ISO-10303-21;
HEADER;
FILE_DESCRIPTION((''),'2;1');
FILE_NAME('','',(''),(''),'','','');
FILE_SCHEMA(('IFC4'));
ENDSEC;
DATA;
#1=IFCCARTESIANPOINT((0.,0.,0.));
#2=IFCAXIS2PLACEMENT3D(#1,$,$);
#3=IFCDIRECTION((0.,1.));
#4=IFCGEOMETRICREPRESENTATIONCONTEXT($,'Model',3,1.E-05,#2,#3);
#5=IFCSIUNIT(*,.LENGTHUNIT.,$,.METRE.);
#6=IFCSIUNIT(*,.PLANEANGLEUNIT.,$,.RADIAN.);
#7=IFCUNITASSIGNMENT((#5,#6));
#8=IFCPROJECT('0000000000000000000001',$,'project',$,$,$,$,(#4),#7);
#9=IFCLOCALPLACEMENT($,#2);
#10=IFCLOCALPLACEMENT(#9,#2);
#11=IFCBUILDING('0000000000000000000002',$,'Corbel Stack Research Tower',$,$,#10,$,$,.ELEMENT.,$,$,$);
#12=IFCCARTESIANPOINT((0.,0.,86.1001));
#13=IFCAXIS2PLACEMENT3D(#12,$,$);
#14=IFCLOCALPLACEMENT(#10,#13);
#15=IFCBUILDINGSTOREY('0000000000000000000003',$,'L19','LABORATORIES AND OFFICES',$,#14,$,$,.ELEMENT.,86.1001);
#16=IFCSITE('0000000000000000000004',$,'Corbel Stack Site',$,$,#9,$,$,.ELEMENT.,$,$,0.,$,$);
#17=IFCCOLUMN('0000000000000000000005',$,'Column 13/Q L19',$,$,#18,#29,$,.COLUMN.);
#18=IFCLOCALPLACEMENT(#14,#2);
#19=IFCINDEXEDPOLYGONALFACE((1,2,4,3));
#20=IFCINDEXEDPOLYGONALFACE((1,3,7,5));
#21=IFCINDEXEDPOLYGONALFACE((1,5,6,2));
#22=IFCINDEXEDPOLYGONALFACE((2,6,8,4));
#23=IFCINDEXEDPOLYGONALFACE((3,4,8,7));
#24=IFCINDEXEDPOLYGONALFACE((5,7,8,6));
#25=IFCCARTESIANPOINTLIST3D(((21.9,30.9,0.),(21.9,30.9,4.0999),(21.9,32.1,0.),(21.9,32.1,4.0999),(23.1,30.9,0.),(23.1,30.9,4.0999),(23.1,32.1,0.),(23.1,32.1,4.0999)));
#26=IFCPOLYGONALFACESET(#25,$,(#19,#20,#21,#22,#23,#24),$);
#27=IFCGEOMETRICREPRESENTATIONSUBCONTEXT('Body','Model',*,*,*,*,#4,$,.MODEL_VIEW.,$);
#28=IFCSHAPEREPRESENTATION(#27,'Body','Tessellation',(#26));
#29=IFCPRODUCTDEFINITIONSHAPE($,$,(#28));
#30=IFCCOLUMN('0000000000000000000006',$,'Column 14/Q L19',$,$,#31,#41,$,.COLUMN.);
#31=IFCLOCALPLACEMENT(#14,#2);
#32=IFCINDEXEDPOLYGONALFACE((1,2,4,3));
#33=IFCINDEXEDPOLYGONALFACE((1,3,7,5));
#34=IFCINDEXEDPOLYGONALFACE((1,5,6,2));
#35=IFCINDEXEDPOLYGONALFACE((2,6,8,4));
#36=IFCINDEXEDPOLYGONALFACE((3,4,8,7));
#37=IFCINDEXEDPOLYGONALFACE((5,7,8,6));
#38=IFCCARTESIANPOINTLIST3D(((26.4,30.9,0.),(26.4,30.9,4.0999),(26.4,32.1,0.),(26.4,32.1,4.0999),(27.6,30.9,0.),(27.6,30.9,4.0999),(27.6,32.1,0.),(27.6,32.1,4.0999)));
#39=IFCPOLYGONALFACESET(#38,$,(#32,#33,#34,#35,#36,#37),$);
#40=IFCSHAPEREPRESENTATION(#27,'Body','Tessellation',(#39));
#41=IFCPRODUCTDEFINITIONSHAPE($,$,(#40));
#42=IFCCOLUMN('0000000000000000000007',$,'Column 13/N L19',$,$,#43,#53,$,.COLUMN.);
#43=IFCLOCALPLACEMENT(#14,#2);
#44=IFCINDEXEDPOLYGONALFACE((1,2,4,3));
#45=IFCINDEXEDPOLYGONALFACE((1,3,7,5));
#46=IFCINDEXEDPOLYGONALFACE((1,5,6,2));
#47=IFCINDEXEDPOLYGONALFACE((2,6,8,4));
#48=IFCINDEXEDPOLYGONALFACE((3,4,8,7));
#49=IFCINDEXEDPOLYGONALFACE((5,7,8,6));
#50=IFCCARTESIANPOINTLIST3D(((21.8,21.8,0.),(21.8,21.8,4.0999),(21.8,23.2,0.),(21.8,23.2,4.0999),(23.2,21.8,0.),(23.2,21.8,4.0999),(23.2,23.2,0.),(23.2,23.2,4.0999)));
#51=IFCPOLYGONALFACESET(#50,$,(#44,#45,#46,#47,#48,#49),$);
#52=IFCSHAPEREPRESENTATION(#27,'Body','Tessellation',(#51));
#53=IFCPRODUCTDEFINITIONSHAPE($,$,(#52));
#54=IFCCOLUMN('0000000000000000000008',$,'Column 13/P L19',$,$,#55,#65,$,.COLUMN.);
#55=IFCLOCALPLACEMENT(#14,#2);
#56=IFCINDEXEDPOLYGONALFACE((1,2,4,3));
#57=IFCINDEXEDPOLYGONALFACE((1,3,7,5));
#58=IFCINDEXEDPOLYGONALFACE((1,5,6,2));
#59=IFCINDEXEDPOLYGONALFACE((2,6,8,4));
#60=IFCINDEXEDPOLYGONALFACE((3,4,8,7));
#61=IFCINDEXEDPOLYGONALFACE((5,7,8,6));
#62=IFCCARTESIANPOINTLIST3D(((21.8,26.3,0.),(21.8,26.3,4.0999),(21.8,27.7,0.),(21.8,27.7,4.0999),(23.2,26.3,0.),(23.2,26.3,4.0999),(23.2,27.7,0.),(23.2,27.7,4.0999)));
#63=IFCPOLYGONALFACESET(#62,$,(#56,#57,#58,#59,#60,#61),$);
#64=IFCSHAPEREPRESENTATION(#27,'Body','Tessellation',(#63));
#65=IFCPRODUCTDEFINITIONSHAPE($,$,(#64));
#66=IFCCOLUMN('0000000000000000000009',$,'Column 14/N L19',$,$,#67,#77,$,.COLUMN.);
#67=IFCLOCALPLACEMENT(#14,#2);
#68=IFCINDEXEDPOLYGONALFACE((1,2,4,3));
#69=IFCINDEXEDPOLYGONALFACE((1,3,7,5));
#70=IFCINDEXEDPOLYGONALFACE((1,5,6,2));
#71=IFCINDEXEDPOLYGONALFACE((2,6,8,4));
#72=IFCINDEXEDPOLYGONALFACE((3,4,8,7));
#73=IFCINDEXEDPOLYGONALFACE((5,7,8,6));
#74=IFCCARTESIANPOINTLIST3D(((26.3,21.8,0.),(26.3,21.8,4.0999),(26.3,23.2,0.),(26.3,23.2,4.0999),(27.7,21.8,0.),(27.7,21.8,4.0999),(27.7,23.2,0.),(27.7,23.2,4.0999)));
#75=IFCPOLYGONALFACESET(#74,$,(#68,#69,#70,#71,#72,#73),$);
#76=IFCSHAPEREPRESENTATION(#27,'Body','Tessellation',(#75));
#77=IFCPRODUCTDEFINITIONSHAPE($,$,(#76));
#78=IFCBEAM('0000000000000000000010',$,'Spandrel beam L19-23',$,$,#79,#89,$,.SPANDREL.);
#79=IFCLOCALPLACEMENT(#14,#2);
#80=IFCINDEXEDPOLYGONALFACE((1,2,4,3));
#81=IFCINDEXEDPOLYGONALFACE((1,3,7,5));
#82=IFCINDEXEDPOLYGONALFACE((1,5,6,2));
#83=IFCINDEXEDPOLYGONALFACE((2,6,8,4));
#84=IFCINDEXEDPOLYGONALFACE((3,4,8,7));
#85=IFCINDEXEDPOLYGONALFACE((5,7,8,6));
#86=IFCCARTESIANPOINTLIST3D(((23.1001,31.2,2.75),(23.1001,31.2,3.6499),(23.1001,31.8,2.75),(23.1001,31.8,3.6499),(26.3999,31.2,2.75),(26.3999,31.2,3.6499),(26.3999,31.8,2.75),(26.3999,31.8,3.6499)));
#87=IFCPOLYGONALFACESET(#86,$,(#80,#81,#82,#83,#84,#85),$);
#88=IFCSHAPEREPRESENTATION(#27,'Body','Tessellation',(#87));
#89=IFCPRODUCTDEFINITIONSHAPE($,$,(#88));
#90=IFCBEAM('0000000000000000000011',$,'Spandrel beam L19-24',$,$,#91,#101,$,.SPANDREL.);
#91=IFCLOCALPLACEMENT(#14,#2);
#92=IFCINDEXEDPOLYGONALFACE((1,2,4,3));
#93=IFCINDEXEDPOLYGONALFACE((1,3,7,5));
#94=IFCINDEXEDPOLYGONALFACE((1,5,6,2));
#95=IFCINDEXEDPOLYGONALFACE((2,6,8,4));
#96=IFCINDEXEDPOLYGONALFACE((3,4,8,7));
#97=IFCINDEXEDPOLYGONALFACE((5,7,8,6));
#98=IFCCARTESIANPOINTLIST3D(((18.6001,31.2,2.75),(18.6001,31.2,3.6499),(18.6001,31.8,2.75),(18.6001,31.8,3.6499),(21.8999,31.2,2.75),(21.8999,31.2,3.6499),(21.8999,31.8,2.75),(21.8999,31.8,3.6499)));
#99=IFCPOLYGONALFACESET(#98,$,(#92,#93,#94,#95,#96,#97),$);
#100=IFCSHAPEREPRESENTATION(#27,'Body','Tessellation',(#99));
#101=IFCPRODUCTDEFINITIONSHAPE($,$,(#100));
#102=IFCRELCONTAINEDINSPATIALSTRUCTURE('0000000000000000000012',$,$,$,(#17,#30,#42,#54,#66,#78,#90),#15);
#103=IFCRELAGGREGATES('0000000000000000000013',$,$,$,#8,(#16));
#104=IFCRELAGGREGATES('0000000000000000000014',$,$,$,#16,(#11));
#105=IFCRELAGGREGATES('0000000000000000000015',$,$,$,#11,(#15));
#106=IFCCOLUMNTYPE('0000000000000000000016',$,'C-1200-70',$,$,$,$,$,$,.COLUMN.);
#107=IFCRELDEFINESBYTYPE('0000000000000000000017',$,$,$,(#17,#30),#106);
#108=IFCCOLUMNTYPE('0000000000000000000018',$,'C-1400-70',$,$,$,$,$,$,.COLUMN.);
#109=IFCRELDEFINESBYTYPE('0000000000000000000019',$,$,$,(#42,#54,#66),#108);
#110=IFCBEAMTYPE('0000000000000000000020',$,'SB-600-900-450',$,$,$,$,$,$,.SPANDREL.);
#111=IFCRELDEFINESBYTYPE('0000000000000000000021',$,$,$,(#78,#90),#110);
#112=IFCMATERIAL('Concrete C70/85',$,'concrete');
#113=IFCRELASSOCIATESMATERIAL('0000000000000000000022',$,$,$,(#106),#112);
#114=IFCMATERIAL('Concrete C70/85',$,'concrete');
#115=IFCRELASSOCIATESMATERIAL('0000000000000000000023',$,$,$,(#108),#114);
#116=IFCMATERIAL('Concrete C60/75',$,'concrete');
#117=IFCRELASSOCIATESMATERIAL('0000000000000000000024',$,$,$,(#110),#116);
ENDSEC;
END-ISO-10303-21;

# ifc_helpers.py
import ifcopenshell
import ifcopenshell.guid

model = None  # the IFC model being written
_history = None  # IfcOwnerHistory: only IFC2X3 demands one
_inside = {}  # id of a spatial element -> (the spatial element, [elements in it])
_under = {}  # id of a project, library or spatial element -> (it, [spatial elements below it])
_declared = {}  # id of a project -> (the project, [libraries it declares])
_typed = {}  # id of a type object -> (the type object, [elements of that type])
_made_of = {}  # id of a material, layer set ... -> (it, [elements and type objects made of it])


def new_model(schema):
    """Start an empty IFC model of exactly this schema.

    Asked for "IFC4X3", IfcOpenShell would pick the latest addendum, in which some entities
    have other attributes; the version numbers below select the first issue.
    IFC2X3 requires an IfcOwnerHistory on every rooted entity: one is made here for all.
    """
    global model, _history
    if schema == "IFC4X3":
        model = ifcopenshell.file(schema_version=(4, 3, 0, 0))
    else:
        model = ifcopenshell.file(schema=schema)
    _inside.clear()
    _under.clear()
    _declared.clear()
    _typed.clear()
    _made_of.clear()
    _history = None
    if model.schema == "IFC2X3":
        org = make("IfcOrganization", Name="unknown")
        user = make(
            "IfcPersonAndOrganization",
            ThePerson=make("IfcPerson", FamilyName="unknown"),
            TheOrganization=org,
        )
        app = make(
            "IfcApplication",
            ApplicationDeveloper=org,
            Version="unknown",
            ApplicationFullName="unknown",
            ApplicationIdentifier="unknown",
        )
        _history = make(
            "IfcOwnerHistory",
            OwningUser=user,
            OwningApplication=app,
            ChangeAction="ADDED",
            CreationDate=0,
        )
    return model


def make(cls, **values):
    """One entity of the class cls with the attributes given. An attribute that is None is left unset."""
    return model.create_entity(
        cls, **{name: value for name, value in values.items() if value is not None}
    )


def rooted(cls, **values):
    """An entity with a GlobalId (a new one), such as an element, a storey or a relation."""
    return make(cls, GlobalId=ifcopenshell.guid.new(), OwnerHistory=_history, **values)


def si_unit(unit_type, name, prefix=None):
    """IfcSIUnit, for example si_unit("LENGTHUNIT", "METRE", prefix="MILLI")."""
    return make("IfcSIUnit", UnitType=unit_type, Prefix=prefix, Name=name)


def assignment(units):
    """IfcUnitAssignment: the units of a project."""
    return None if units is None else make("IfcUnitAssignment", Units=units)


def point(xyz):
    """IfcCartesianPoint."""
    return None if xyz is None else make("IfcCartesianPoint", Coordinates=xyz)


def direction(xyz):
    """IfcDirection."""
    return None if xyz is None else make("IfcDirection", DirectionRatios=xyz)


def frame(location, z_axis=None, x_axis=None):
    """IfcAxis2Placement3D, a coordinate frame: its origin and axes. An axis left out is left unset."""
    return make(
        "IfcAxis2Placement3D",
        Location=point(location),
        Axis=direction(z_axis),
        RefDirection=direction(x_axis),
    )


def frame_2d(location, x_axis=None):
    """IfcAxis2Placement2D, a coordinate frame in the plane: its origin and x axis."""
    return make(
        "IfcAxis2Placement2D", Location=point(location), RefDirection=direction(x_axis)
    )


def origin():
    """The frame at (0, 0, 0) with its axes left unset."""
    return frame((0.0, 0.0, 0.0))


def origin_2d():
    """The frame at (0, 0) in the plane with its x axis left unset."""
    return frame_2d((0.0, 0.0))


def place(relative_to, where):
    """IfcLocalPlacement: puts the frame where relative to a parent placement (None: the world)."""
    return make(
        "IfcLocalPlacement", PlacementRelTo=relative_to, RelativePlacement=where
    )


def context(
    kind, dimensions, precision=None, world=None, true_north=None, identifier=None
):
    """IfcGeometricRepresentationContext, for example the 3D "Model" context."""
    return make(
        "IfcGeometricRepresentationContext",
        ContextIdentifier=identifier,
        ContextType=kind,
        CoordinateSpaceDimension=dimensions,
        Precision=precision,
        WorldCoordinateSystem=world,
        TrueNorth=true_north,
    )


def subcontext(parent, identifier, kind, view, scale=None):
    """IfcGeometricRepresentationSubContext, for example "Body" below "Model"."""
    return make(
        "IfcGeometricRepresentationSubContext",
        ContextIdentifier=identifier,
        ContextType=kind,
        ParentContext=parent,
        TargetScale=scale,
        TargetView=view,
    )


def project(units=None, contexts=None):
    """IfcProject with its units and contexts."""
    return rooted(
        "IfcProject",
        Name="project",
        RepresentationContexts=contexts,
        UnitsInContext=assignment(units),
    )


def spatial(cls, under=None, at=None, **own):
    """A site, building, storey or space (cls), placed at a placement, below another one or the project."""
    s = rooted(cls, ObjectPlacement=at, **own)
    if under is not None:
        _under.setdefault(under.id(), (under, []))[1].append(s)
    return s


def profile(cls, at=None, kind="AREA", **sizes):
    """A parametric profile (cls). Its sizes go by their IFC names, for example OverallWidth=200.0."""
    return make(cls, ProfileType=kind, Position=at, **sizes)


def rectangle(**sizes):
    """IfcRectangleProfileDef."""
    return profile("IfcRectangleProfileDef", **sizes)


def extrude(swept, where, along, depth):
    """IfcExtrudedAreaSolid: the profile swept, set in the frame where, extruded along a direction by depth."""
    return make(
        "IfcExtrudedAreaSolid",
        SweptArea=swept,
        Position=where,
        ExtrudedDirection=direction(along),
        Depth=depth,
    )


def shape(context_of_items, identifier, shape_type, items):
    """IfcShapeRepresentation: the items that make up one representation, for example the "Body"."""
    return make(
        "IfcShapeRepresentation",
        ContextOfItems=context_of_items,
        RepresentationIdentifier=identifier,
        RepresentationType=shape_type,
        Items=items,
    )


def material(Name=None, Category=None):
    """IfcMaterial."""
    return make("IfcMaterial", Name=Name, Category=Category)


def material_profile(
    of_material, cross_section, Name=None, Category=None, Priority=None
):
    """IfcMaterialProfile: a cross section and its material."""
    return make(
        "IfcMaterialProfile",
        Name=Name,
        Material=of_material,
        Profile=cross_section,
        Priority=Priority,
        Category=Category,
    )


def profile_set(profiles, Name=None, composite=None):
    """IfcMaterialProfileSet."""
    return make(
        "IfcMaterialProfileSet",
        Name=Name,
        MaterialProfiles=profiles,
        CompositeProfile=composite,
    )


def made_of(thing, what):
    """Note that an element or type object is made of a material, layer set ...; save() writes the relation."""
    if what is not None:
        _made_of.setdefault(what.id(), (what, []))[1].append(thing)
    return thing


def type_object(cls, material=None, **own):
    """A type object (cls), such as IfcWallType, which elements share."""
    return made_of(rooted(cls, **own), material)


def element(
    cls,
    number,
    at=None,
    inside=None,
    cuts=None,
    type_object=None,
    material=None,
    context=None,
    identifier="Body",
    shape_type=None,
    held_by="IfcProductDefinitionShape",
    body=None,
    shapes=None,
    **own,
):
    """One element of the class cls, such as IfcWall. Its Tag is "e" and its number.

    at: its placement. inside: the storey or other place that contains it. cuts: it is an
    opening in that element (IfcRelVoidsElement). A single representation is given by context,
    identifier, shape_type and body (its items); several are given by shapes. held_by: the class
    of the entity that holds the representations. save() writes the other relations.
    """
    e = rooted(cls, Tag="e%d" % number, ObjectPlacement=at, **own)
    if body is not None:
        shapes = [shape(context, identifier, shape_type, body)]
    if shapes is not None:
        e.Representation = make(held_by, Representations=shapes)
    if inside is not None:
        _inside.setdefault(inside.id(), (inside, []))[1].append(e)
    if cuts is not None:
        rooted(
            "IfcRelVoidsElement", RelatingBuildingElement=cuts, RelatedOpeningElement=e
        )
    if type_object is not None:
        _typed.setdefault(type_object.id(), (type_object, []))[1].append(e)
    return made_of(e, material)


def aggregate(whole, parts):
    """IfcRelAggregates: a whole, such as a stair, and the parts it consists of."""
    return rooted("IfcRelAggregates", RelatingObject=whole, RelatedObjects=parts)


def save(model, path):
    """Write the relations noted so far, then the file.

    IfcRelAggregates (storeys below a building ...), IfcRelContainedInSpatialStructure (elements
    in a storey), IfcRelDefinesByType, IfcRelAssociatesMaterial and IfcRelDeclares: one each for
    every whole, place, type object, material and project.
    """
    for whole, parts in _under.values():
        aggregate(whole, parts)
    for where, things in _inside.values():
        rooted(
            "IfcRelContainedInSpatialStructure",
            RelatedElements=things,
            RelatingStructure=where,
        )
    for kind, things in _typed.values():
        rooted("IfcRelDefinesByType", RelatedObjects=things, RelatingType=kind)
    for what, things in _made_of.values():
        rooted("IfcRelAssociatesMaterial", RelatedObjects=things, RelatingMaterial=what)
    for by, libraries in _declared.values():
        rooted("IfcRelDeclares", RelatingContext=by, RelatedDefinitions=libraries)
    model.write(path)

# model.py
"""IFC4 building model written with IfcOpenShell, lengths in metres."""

from ifc_helpers import new_model, si_unit, direction, frame, origin, origin_2d, place, context, subcontext, project, spatial, rectangle, extrude, material, material_profile, profile_set, type_object, element, save


model = new_model("IFC4")

# Units and contexts
model_context = context("Model", 3, precision=1e-05, world=origin(), true_north=direction((0.0, 1.0)))
body_context = subcontext(model_context, "Body", "Model", "MODEL_VIEW")
ifc_project = project(units=[si_unit("LENGTHUNIT", "METRE"), si_unit("PLANEANGLEUNIT", "RADIAN")], contexts=[model_context])

# Site, building, storey
site_placement = place(None, origin())
site = spatial("IfcSite", under=ifc_project, at=site_placement, Name="Corbel Stack Site", CompositionType="ELEMENT", RefElevation=0.0)
building_placement = place(site_placement, origin())
building = spatial("IfcBuilding", under=site, at=building_placement, Name="Corbel Stack Research Tower", CompositionType="ELEMENT")
storey_placement = place(building_placement, frame((0.0, 0.0, 86.1001)))
storey = spatial("IfcBuildingStorey", under=building, at=storey_placement, Name="L19", Description="LABORATORIES AND OFFICES", CompositionType="ELEMENT", Elevation=86.1001)

# Columns
ifc_material_1 = material(Name="Concrete C70/85", Category="concrete")
ifc_material_profile_1 = material_profile(ifc_material_1, rectangle(XDim=1.2, YDim=1.2, at=origin_2d()), Name="RC 1200 x 1200")
ifc_profile_set_1 = profile_set([ifc_material_profile_1], Name="Concrete C70/85")
column_type_1 = type_object("IfcColumnType", Name="C-1200-70", PredefinedType="COLUMN", material=ifc_profile_set_1)
for number, where, z_axis, x_axis, name in (
    (1, (22.5, 31.5, 0.0), (0.0, 0.0, 1.0), (1.0, 0.0, 0.0), "Column 13/Q L19"),
    (2, (27.0, 31.5, 0.0), (0.0, 0.0, 1.0), (1.0, 0.0, 0.0), "Column 14/Q L19"),
):
    element("IfcColumn", number, at=place(storey_placement, frame(where, z_axis=z_axis, x_axis=x_axis)), inside=storey, type_object=column_type_1, Name=name, PredefinedType="COLUMN", context=body_context, shape_type="SweptSolid", body=[
        extrude(rectangle(XDim=1.2, YDim=1.2, at=origin_2d()), origin(), (0.0, 0.0, 1.0), 4.0999),
    ])
ifc_material_2 = material(Name="Concrete C70/85", Category="concrete")
ifc_material_profile_2 = material_profile(ifc_material_2, rectangle(XDim=1.3999, YDim=1.3999, at=origin_2d()), Name="RC 1400 x 1400")
ifc_profile_set_2 = profile_set([ifc_material_profile_2], Name="Concrete C70/85")
column_type_2 = type_object("IfcColumnType", Name="C-1400-70", PredefinedType="COLUMN", material=ifc_profile_set_2)
for number, where, z_axis, x_axis, name in (
    (3, (22.5, 22.5, 0.0), (0.0, 0.0, 1.0), (1.0, 0.0, 0.0), "Column 13/N L19"),
    (4, (22.5, 27.0, 0.0), (0.0, 0.0, 1.0), (1.0, 0.0, 0.0), "Column 13/P L19"),
    (5, (27.0, 22.5, 0.0), (0.0, 0.0, 1.0), (1.0, 0.0, 0.0), "Column 14/N L19"),
):
    element("IfcColumn", number, at=place(storey_placement, frame(where, z_axis=z_axis, x_axis=x_axis)), inside=storey, type_object=column_type_2, Name=name, PredefinedType="COLUMN", context=body_context, shape_type="SweptSolid", body=[
        extrude(rectangle(XDim=1.3999, YDim=1.3999, at=origin_2d()), origin(), (0.0, 0.0, 1.0), 4.0999),
    ])

# Beams
ifc_material_3 = material(Name="Concrete C60/75", Category="concrete")
ifc_material_profile_3 = material_profile(ifc_material_3, rectangle(XDim=0.6001, YDim=0.8999, at=origin_2d()), Name="RC 600 x 900")
ifc_profile_set_3 = profile_set([ifc_material_profile_3], Name="Concrete C60/75")
beam_type = type_object("IfcBeamType", Name="SB-600-900-450", PredefinedType="SPANDREL", material=ifc_profile_set_3)
for number, where, z_axis, x_axis, name in (
    (6, (26.3999, 31.5, 3.2), (-1.0, 0.0, 0.0), (0.0, -1.0, 0.0), "Spandrel beam L19-23"),
    (7, (21.8999, 31.5, 3.2), (-1.0, 0.0, 0.0), (0.0, -1.0, 0.0), "Spandrel beam L19-24"),
):
    element("IfcBeam", number, at=place(storey_placement, frame(where, z_axis=z_axis, x_axis=x_axis)), inside=storey, type_object=beam_type, Name=name, PredefinedType="SPANDREL", context=body_context, shape_type="SweptSolid", body=[
        extrude(rectangle(XDim=0.6001, YDim=0.8999, at=origin_2d()), origin(), (0.0, 0.0, 1.0), 3.2998),
    ])

save(model, "model.ifc")
